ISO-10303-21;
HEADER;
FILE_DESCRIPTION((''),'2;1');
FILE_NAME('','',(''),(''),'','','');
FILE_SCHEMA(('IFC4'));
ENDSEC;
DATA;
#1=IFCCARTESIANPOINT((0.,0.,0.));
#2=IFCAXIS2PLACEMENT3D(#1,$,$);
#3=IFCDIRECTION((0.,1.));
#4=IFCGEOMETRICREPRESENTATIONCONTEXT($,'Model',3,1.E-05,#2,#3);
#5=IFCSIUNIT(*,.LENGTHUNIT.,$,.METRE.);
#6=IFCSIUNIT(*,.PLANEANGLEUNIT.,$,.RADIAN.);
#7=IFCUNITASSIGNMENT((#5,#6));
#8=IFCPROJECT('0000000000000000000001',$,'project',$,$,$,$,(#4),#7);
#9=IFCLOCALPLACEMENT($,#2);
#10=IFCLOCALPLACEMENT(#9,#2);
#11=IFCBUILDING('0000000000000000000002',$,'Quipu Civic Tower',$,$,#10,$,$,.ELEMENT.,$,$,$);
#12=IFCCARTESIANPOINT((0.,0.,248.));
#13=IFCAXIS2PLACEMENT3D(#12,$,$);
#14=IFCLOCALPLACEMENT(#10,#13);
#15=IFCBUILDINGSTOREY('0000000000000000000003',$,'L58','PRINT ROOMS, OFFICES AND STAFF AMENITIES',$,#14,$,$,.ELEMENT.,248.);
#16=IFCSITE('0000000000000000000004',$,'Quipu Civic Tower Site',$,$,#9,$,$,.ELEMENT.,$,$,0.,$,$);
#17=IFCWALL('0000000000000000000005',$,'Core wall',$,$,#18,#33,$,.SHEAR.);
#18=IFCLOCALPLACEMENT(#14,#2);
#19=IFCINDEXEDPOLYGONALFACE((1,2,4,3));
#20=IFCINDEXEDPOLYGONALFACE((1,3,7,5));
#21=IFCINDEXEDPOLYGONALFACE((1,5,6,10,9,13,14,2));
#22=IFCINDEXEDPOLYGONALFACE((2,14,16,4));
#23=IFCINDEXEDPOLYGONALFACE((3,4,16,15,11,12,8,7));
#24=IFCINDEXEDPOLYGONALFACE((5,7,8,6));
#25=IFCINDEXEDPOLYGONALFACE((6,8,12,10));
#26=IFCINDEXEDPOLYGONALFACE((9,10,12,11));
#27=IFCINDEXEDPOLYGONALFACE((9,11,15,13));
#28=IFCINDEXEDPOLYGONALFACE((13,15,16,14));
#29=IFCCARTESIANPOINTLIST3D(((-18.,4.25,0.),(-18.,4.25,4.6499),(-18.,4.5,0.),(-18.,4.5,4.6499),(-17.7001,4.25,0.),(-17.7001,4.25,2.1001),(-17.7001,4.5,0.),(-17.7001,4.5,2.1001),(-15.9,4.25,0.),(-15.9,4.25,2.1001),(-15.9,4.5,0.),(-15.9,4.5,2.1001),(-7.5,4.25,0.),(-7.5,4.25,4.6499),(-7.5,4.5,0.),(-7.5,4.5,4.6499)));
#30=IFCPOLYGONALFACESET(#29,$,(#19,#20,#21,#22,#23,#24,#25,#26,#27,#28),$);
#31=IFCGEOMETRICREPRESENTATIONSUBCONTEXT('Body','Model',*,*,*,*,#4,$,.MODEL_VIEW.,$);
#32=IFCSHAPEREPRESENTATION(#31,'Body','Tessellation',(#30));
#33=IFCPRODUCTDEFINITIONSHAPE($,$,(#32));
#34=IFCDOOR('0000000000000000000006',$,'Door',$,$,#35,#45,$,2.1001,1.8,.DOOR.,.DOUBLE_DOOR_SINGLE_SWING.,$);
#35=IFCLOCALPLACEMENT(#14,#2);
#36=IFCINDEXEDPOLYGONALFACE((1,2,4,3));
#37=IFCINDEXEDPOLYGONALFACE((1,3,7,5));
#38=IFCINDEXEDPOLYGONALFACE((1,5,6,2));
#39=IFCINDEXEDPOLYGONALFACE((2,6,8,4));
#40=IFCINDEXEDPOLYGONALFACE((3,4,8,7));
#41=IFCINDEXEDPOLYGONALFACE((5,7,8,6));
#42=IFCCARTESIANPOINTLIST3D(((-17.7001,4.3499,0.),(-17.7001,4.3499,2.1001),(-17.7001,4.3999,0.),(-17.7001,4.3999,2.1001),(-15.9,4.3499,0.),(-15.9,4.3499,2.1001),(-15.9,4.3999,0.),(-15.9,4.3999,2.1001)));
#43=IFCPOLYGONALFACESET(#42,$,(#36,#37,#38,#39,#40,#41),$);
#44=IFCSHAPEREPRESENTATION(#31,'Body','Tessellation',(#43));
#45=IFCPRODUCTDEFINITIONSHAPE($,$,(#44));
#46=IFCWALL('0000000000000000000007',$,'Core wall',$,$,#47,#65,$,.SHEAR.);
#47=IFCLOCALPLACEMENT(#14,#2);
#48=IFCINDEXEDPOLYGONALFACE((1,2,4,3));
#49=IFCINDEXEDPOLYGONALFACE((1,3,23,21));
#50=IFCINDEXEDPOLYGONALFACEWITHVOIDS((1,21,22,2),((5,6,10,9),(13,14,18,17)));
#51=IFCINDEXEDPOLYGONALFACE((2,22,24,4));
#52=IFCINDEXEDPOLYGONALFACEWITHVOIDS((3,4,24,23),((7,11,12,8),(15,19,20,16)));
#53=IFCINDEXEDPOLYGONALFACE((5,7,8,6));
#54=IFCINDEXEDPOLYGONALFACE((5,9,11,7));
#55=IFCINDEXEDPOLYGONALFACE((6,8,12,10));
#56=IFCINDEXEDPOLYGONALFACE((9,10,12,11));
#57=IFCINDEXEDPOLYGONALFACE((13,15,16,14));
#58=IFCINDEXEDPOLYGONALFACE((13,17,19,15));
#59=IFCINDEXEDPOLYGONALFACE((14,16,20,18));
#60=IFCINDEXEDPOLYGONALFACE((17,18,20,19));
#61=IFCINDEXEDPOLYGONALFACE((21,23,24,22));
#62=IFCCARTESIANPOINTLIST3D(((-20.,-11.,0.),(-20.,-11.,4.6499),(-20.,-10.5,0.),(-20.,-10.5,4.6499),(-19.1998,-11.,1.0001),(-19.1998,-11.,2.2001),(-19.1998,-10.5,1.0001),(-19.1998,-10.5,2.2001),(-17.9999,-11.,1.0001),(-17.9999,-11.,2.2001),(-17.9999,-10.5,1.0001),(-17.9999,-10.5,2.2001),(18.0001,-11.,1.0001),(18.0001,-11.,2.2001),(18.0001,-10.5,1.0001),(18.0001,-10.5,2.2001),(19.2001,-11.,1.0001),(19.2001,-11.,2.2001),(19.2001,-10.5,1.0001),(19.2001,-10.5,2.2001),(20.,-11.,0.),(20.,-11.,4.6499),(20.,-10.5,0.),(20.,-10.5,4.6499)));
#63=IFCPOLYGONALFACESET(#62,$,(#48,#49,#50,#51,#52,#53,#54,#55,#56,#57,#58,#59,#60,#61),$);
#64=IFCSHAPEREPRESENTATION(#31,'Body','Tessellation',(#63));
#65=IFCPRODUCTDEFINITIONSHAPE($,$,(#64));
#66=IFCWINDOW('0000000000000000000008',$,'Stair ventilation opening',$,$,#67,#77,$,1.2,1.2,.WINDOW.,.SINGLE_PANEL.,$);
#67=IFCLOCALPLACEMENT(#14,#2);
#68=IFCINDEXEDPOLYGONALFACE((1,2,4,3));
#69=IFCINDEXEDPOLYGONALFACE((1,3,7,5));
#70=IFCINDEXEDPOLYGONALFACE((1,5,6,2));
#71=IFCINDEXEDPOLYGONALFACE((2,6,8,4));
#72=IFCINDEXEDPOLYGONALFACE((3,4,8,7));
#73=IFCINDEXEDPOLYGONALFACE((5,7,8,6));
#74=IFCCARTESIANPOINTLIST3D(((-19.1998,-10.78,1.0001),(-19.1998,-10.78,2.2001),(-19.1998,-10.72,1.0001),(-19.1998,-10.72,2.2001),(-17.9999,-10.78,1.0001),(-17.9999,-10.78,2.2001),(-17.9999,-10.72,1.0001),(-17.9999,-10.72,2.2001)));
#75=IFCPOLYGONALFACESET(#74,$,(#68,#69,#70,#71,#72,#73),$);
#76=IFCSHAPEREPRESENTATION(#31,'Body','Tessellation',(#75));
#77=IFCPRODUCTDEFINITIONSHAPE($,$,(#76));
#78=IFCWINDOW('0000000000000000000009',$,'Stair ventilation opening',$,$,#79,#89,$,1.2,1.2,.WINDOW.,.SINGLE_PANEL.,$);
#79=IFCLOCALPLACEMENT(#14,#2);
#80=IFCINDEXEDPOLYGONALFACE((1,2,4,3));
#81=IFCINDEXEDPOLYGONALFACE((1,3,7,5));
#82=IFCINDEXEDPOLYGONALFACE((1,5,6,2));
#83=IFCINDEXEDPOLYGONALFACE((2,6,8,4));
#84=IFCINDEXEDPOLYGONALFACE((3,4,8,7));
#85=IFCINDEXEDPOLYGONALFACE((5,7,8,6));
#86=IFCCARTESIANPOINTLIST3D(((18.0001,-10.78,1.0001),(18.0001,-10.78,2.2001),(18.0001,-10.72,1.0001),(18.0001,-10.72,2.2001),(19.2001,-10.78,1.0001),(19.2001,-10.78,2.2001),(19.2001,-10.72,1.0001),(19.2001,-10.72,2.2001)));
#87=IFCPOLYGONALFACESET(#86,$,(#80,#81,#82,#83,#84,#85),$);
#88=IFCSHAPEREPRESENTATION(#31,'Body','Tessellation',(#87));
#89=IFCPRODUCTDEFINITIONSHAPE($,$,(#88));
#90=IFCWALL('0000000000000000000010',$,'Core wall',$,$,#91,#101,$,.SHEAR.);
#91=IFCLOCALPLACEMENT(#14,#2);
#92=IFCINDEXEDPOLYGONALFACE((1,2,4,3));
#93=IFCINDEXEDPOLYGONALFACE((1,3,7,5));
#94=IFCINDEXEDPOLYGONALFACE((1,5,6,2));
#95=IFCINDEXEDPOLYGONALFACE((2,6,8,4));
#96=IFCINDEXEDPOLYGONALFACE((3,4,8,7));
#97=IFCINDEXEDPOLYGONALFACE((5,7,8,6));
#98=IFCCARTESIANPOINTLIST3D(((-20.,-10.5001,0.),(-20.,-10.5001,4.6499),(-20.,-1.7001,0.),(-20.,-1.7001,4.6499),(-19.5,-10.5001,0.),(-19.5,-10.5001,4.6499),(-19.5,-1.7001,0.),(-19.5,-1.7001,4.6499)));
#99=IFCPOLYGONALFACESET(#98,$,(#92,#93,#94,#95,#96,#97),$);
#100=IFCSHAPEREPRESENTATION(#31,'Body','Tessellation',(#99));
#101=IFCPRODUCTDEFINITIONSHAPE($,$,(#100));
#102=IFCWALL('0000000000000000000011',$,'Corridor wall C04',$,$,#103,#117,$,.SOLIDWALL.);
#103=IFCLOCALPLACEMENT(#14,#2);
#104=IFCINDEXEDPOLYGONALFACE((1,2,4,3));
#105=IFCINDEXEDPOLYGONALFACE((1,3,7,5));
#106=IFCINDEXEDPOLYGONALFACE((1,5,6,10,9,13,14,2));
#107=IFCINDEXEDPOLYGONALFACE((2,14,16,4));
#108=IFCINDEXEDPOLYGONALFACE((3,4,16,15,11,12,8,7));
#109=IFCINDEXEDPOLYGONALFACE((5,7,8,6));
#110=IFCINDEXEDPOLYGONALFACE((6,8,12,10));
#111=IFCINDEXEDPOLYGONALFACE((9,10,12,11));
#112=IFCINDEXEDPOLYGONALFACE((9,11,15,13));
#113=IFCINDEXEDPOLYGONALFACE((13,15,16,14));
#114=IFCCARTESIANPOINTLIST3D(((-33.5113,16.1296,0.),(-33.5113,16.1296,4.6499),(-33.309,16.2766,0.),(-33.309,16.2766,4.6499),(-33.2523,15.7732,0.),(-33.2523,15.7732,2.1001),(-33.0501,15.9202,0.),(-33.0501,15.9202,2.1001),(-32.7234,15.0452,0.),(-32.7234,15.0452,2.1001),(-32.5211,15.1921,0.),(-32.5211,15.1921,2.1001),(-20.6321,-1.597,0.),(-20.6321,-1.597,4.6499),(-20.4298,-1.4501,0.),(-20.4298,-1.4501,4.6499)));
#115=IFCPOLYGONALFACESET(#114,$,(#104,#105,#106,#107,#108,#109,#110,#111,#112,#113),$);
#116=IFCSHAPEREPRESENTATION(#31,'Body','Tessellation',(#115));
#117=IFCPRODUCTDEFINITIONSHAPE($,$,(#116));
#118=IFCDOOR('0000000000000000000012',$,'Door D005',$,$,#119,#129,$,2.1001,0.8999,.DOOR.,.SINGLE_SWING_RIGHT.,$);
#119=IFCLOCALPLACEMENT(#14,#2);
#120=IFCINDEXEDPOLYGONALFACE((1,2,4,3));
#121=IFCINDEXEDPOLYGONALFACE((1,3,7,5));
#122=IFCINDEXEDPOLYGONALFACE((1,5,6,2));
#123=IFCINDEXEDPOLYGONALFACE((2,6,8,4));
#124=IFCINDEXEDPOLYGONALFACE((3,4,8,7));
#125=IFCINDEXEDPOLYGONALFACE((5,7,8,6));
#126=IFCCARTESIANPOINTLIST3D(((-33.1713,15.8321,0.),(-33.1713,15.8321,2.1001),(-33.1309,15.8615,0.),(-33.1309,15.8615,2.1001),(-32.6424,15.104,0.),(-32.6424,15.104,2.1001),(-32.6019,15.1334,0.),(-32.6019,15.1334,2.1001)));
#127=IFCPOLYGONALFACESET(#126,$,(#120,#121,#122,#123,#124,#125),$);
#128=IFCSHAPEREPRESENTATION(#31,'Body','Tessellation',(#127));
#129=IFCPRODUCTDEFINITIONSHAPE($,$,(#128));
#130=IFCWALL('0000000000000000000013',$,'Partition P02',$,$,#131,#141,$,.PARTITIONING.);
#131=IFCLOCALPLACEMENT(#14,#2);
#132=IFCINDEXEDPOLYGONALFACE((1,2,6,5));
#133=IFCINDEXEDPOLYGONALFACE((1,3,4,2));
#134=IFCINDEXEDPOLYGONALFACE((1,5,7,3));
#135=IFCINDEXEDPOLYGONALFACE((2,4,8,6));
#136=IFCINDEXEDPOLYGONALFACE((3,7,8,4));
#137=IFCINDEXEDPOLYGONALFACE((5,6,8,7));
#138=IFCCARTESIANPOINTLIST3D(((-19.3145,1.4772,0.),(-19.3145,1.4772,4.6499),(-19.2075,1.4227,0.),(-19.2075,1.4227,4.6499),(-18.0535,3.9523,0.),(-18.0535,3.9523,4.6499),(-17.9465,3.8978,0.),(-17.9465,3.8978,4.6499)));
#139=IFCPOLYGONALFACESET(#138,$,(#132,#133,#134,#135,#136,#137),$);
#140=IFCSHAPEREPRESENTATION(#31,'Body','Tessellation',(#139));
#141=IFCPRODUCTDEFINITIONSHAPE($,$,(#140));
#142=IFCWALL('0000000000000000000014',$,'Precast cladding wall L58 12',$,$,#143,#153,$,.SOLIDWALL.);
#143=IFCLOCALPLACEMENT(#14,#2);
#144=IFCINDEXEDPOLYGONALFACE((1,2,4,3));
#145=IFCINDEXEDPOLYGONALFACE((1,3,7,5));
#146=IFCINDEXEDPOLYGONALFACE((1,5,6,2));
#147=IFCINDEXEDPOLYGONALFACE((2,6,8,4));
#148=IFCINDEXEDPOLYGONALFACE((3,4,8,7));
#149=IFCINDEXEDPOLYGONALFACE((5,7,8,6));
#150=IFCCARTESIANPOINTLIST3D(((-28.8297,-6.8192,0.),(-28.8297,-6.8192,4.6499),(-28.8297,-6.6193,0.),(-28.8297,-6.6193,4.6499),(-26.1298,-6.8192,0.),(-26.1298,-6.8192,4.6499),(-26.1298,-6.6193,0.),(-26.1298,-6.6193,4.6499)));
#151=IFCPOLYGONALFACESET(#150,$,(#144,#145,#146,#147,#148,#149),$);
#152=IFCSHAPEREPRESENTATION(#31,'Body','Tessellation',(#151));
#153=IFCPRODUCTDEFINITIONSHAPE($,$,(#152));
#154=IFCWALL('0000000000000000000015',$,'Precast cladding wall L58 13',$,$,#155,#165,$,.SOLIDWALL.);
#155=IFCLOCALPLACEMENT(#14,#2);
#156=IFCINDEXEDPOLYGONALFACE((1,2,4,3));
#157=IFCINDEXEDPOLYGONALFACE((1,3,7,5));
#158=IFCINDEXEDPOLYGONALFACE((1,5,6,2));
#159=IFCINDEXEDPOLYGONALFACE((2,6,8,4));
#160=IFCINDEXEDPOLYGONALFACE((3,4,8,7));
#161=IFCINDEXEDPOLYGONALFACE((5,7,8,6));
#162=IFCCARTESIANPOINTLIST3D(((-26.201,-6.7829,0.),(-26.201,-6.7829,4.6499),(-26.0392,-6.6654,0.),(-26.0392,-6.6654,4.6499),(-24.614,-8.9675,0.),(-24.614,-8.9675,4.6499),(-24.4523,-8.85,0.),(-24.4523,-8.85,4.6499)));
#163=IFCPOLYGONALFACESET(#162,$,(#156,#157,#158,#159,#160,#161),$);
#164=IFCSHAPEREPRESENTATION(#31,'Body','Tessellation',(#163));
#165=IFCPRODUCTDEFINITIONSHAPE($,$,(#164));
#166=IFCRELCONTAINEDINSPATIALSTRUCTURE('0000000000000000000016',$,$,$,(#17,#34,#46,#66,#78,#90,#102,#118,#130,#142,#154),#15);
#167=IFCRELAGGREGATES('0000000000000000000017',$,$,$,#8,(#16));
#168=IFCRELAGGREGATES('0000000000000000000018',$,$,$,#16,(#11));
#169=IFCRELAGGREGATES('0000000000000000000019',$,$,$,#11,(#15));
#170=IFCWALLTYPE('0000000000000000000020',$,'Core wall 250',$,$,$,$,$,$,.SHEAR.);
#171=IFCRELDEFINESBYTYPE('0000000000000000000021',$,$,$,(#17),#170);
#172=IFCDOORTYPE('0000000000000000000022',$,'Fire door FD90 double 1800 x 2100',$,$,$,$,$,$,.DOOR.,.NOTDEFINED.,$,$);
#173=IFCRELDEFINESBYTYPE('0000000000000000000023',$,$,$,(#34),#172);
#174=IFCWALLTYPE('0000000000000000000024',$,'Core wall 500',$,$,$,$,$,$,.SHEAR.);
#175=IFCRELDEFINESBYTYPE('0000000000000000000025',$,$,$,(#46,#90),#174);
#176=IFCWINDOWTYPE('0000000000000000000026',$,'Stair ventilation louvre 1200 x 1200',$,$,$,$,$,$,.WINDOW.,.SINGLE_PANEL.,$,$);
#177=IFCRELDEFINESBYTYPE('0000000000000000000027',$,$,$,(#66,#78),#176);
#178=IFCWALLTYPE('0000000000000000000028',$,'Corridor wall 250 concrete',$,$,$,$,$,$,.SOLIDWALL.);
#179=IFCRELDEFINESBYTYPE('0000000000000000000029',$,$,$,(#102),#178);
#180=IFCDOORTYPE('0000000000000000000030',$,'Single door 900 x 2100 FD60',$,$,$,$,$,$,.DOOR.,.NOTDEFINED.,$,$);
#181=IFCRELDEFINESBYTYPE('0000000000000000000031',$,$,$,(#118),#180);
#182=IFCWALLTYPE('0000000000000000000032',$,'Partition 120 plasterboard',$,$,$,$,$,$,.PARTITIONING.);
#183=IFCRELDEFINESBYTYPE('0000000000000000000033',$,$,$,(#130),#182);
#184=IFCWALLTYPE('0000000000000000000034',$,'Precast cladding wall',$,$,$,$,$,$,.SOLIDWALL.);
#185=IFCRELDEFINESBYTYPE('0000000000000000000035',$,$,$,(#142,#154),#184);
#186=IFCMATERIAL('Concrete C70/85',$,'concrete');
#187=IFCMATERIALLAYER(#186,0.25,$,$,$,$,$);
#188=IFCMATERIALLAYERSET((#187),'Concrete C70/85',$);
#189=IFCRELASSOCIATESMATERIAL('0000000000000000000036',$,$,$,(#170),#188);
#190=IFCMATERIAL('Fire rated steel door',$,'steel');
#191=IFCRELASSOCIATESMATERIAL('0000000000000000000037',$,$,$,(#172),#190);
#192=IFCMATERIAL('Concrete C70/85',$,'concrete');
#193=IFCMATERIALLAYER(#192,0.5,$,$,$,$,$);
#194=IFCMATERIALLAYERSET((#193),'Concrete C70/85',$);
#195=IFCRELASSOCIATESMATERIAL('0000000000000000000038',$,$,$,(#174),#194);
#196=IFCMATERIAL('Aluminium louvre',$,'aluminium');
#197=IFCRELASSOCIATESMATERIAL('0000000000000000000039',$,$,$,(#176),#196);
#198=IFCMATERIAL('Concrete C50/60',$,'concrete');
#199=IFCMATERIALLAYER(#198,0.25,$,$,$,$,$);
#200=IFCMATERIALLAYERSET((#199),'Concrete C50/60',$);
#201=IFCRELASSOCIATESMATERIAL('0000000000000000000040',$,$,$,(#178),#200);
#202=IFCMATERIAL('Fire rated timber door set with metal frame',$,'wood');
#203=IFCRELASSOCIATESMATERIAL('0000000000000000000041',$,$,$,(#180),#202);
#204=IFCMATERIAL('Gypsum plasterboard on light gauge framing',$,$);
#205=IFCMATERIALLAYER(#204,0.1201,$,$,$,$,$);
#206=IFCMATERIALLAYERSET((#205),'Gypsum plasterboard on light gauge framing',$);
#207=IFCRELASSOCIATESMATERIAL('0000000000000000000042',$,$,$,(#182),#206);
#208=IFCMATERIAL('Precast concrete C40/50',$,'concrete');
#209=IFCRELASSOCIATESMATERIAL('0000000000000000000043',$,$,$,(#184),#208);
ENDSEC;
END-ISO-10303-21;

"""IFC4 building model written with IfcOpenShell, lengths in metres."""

from ifc_helpers import new_model, si_unit, direction, frame, frame_2d, origin, place, context, subcontext, project, spatial, rectangle, extrude, material, layer, layer_set, type_object, element, fill, save


model = new_model("IFC4")

# Units and contexts
model_context = context("Model", 3, precision=1e-05, world=origin(), true_north=direction((0.0, 1.0)))
body_context = subcontext(model_context, "Body", "Model", "MODEL_VIEW")
ifc_project = project(units=[si_unit("LENGTHUNIT", "METRE"), si_unit("PLANEANGLEUNIT", "RADIAN")], contexts=[model_context])

# Site, building, storey
site_placement = place(None, origin())
site = spatial("IfcSite", under=ifc_project, at=site_placement, Name="Quipu Civic Tower Site", CompositionType="ELEMENT", RefElevation=0.0)
building_placement = place(site_placement, origin())
building = spatial("IfcBuilding", under=site, at=building_placement, Name="Quipu Civic Tower", CompositionType="ELEMENT")
storey_placement = place(building_placement, frame((0.0, 0.0, 248.0)))
storey = spatial("IfcBuildingStorey", under=building, at=storey_placement, Name="L58", Description="PRINT ROOMS, OFFICES AND STAFF AMENITIES", CompositionType="ELEMENT", Elevation=248.0)

# Wall, opening, door
ifc_material_1 = material(Name="Concrete C70/85", Category="concrete")
ifc_layer_1 = layer(ifc_material_1, 0.25)
ifc_layer_set_1 = layer_set([ifc_layer_1], Name="Concrete C70/85")
wall_type_1 = type_object("IfcWallType", Name="Core wall 250", PredefinedType="SHEAR", material=ifc_layer_set_1)
ifc_material_2 = material(Name="Fire rated steel door", Category="steel")
door_type_1 = type_object("IfcDoorType", Name="Fire door FD90 double 1800 x 2100", OperationType="NOTDEFINED", PredefinedType="DOOR", material=ifc_material_2)
wall_1_placement = place(storey_placement, frame((-18.0, 4.375, 0.0), z_axis=(0.0, 0.0, 1.0), x_axis=(1.0, 0.0, 0.0)))
wall_1 = element("IfcWall", 1, at=wall_1_placement, inside=storey, type_object=wall_type_1, Name="Core wall", PredefinedType="SHEAR", context=body_context, shape_type="SweptSolid", body=[
    extrude(rectangle(XDim=10.5, YDim=0.25, at=frame_2d((5.25, 0.0))), origin(), (0.0, 0.0, 1.0), 4.6499),
])
opening_1_placement = place(wall_1_placement, frame((0.3, 0.0, 0.0)))
opening_1 = element("IfcOpeningElement", 2, at=opening_1_placement, cuts=wall_1, PredefinedType="OPENING", context=body_context, shape_type="SweptSolid", body=[
    extrude(rectangle(XDim=1.8, YDim=2.1001, at=frame_2d((0.8999, 1.05))), frame((0.0, 0.135, 0.0), z_axis=(0.0, -1.0, 0.0), x_axis=(1.0, 0.0, 0.0)), (0.0, 0.0, 1.0), 0.27),
])
door_1_placement = place(opening_1_placement, origin())
door_1 = element("IfcDoor", 3, at=door_1_placement, inside=storey, type_object=door_type_1, Name="Door", OperationType="DOUBLE_DOOR_SINGLE_SWING", OverallHeight=2.1001, OverallWidth=1.8, PredefinedType="DOOR", context=body_context, shape_type="SweptSolid", body=[
    extrude(rectangle(XDim=1.8, YDim=2.1001, at=frame_2d((0.8999, 1.05))), frame((0.0, 0.0249, 0.0), z_axis=(0.0, -1.0, 0.0), x_axis=(1.0, 0.0, 0.0)), (0.0, 0.0, 1.0), 0.05),
])
fill(opening_1, door_1)

# Wall, openings, windows
ifc_material_3 = material(Name="Concrete C70/85", Category="concrete")
ifc_layer_2 = layer(ifc_material_3, 0.5)
ifc_layer_set_2 = layer_set([ifc_layer_2], Name="Concrete C70/85")
wall_type_2 = type_object("IfcWallType", Name="Core wall 500", PredefinedType="SHEAR", material=ifc_layer_set_2)
wall_2_placement = place(storey_placement, frame((-20.0, -10.75, 0.0), z_axis=(0.0, 0.0, 1.0), x_axis=(1.0, 0.0, 0.0)))
wall_2 = element("IfcWall", 4, at=wall_2_placement, inside=storey, type_object=wall_type_2, Name="Core wall", PredefinedType="SHEAR", context=body_context, shape_type="SweptSolid", body=[
    extrude(rectangle(XDim=40.0, YDim=0.5, at=frame_2d((20.0, 0.0))), origin(), (0.0, 0.0, 1.0), 4.6499),
])
opening_2_placement = place(wall_2_placement, frame((0.8, 0.0, 1.0)))
opening_2 = element("IfcOpeningElement", 5, at=opening_2_placement, cuts=wall_2, PredefinedType="OPENING", context=body_context, shape_type="SweptSolid", body=[
    extrude(rectangle(XDim=1.2, YDim=1.2, at=frame_2d((0.6001, 0.6001))), frame((0.0, 0.26, 0.0), z_axis=(0.0, -1.0, 0.0), x_axis=(1.0, 0.0, 0.0)), (0.0, 0.0, 1.0), 0.52),
])
opening_3_placement = place(wall_2_placement, frame((38.0, 0.0, 1.0)))
opening_3 = element("IfcOpeningElement", 6, at=opening_3_placement, cuts=wall_2, PredefinedType="OPENING", context=body_context, shape_type="SweptSolid", body=[
    extrude(rectangle(XDim=1.2, YDim=1.2, at=frame_2d((0.6001, 0.6001))), frame((0.0, 0.26, 0.0), z_axis=(0.0, -1.0, 0.0), x_axis=(1.0, 0.0, 0.0)), (0.0, 0.0, 1.0), 0.52),
])
ifc_material_4 = material(Name="Aluminium louvre", Category="aluminium")
window_type = type_object("IfcWindowType", Name="Stair ventilation louvre 1200 x 1200", PartitioningType="SINGLE_PANEL", PredefinedType="WINDOW", material=ifc_material_4)
window_1_placement = place(opening_2_placement, origin())
window_1 = element("IfcWindow", 7, at=window_1_placement, inside=storey, type_object=window_type, Name="Stair ventilation opening", OverallHeight=1.2, OverallWidth=1.2, PartitioningType="SINGLE_PANEL", PredefinedType="WINDOW", context=body_context, shape_type="SweptSolid", body=[
    extrude(rectangle(XDim=1.2, YDim=1.2, at=frame_2d((0.6001, 0.6001))), frame((0.0, 0.03, 0.0), z_axis=(0.0, -1.0, 0.0), x_axis=(1.0, 0.0, 0.0)), (0.0, 0.0, 1.0), 0.0601),
])
fill(opening_2, window_1)
window_2_placement = place(opening_3_placement, origin())
window_2 = element("IfcWindow", 8, at=window_2_placement, inside=storey, type_object=window_type, Name="Stair ventilation opening", OverallHeight=1.2, OverallWidth=1.2, PartitioningType="SINGLE_PANEL", PredefinedType="WINDOW", context=body_context, shape_type="SweptSolid", body=[
    extrude(rectangle(XDim=1.2, YDim=1.2, at=frame_2d((0.6001, 0.6001))), frame((0.0, 0.03, 0.0), z_axis=(0.0, -1.0, 0.0), x_axis=(1.0, 0.0, 0.0)), (0.0, 0.0, 1.0), 0.0601),
])
fill(opening_3, window_2)

# Wall
wall_3_placement = place(storey_placement, frame((-19.75, -10.5, 0.0), z_axis=(0.0, 0.0, 1.0), x_axis=(0.0, 1.0, 0.0)))
element("IfcWall", 9, at=wall_3_placement, inside=storey, type_object=wall_type_2, Name="Core wall", PredefinedType="SHEAR", context=body_context, shape_type="SweptSolid", body=[
    extrude(rectangle(XDim=8.8, YDim=0.5, at=frame_2d((4.3999, 0.0))), origin(), (0.0, 0.0, 1.0), 4.6499),
])

# Wall, opening, door
ifc_material_5 = material(Name="Concrete C50/60", Category="concrete")
ifc_layer_3 = layer(ifc_material_5, 0.25)
ifc_layer_set_3 = layer_set([ifc_layer_3], Name="Concrete C50/60")
wall_type_3 = type_object("IfcWallType", Name="Corridor wall 250 concrete", PredefinedType="SOLIDWALL", material=ifc_layer_set_3)
wall_4_placement = place(storey_placement, frame((-20.531, -1.5234, 0.0), z_axis=(0.0, 0.0, 1.0), x_axis=(-0.587787, 0.809016, 0.0)))
wall_4 = element("IfcWall", 10, at=wall_4_placement, inside=storey, type_object=wall_type_3, Name="Corridor wall C04", PredefinedType="SOLIDWALL", context=body_context, shape_type="SweptSolid", body=[
    extrude(rectangle(XDim=21.9114, YDim=0.25, at=frame_2d((10.9556, 0.0))), origin(), (0.0, 0.0, 1.0), 4.6499),
])
opening_4_placement = place(wall_4_placement, frame((20.5708, 0.0, 0.0)))
opening_4 = element("IfcOpeningElement", 11, at=opening_4_placement, cuts=wall_4, PredefinedType="OPENING", context=body_context, shape_type="SweptSolid", body=[
    extrude(rectangle(XDim=0.8999, YDim=2.1001, at=frame_2d((0.45, 1.05))), frame((0.0, 0.135, 0.0), z_axis=(0.0, -1.0, 0.0), x_axis=(1.0, 0.0, 0.0)), (0.0, 0.0, 1.0), 0.27),
])
ifc_material_6 = material(Name="Fire rated timber door set with metal frame", Category="wood")
door_type_2 = type_object("IfcDoorType", Name="Single door 900 x 2100 FD60", OperationType="NOTDEFINED", PredefinedType="DOOR", material=ifc_material_6)
door_2_placement = place(opening_4_placement, origin())
door_2 = element("IfcDoor", 12, at=door_2_placement, inside=storey, type_object=door_type_2, Name="Door D005", OperationType="SINGLE_SWING_RIGHT", OverallHeight=2.1001, OverallWidth=0.8999, PredefinedType="DOOR", context=body_context, shape_type="SweptSolid", body=[
    extrude(rectangle(XDim=0.8999, YDim=2.1001, at=frame_2d((0.45, 1.05))), frame((0.0, 0.0249, 0.0), z_axis=(0.0, -1.0, 0.0), x_axis=(1.0, 0.0, 0.0)), (0.0, 0.0, 1.0), 0.05),
])
fill(opening_4, door_2)

# Walls
ifc_material_7 = material(Name="Gypsum plasterboard on light gauge framing")
ifc_layer_4 = layer(ifc_material_7, 0.1201)
ifc_layer_set_4 = layer_set([ifc_layer_4], Name="Gypsum plasterboard on light gauge framing")
wall_type_4 = type_object("IfcWallType", Name="Partition 120 plasterboard", PredefinedType="PARTITIONING", material=ifc_layer_set_4)
wall_5_placement = place(storey_placement, frame((-19.261, 1.45, 0.0), z_axis=(0.0, 0.0, 1.0), x_axis=(0.453951, 0.891027, 0.0)))
element("IfcWall", 13, at=wall_5_placement, inside=storey, type_object=wall_type_4, Name="Partition P02", PredefinedType="PARTITIONING", context=body_context, shape_type="SweptSolid", body=[
    extrude(rectangle(XDim=2.7778, YDim=0.1201, at=frame_2d((1.3889, 0.0))), origin(), (0.0, 0.0, 1.0), 4.6499),
])
ifc_material_8 = material(Name="Precast concrete C40/50", Category="concrete")
wall_type_5 = type_object("IfcWallType", Name="Precast cladding wall", PredefinedType="SOLIDWALL", material=ifc_material_8)
wall_6_placement = place(storey_placement, frame((-28.8298, -6.7192, 0.0), z_axis=(0.0, 0.0, 1.0), x_axis=(1.0, 0.0, 0.0)))
element("IfcWall", 14, at=wall_6_placement, inside=storey, type_object=wall_type_5, Name="Precast cladding wall L58 12", PredefinedType="SOLIDWALL", context=body_context, shape_type="SweptSolid", body=[
    extrude(rectangle(XDim=2.7, YDim=0.2, at=frame_2d((1.3501, 0.0))), origin(), (0.0, 0.0, 1.0), 4.6499),
])
wall_7_placement = place(storey_placement, frame((-26.1201, -6.7241, 0.0), z_axis=(0.0, 0.0, 1.0), x_axis=(0.58772, -0.809064, 0.0)))
element("IfcWall", 15, at=wall_7_placement, inside=storey, type_object=wall_type_5, Name="Precast cladding wall L58 13", PredefinedType="SOLIDWALL", context=body_context, shape_type="SweptSolid", body=[
    extrude(rectangle(XDim=2.7002, YDim=0.2, at=frame_2d((1.3501, 0.0))), origin(), (0.0, 0.0, 1.0), 4.6499),
])

save(model, "model.ifc")
